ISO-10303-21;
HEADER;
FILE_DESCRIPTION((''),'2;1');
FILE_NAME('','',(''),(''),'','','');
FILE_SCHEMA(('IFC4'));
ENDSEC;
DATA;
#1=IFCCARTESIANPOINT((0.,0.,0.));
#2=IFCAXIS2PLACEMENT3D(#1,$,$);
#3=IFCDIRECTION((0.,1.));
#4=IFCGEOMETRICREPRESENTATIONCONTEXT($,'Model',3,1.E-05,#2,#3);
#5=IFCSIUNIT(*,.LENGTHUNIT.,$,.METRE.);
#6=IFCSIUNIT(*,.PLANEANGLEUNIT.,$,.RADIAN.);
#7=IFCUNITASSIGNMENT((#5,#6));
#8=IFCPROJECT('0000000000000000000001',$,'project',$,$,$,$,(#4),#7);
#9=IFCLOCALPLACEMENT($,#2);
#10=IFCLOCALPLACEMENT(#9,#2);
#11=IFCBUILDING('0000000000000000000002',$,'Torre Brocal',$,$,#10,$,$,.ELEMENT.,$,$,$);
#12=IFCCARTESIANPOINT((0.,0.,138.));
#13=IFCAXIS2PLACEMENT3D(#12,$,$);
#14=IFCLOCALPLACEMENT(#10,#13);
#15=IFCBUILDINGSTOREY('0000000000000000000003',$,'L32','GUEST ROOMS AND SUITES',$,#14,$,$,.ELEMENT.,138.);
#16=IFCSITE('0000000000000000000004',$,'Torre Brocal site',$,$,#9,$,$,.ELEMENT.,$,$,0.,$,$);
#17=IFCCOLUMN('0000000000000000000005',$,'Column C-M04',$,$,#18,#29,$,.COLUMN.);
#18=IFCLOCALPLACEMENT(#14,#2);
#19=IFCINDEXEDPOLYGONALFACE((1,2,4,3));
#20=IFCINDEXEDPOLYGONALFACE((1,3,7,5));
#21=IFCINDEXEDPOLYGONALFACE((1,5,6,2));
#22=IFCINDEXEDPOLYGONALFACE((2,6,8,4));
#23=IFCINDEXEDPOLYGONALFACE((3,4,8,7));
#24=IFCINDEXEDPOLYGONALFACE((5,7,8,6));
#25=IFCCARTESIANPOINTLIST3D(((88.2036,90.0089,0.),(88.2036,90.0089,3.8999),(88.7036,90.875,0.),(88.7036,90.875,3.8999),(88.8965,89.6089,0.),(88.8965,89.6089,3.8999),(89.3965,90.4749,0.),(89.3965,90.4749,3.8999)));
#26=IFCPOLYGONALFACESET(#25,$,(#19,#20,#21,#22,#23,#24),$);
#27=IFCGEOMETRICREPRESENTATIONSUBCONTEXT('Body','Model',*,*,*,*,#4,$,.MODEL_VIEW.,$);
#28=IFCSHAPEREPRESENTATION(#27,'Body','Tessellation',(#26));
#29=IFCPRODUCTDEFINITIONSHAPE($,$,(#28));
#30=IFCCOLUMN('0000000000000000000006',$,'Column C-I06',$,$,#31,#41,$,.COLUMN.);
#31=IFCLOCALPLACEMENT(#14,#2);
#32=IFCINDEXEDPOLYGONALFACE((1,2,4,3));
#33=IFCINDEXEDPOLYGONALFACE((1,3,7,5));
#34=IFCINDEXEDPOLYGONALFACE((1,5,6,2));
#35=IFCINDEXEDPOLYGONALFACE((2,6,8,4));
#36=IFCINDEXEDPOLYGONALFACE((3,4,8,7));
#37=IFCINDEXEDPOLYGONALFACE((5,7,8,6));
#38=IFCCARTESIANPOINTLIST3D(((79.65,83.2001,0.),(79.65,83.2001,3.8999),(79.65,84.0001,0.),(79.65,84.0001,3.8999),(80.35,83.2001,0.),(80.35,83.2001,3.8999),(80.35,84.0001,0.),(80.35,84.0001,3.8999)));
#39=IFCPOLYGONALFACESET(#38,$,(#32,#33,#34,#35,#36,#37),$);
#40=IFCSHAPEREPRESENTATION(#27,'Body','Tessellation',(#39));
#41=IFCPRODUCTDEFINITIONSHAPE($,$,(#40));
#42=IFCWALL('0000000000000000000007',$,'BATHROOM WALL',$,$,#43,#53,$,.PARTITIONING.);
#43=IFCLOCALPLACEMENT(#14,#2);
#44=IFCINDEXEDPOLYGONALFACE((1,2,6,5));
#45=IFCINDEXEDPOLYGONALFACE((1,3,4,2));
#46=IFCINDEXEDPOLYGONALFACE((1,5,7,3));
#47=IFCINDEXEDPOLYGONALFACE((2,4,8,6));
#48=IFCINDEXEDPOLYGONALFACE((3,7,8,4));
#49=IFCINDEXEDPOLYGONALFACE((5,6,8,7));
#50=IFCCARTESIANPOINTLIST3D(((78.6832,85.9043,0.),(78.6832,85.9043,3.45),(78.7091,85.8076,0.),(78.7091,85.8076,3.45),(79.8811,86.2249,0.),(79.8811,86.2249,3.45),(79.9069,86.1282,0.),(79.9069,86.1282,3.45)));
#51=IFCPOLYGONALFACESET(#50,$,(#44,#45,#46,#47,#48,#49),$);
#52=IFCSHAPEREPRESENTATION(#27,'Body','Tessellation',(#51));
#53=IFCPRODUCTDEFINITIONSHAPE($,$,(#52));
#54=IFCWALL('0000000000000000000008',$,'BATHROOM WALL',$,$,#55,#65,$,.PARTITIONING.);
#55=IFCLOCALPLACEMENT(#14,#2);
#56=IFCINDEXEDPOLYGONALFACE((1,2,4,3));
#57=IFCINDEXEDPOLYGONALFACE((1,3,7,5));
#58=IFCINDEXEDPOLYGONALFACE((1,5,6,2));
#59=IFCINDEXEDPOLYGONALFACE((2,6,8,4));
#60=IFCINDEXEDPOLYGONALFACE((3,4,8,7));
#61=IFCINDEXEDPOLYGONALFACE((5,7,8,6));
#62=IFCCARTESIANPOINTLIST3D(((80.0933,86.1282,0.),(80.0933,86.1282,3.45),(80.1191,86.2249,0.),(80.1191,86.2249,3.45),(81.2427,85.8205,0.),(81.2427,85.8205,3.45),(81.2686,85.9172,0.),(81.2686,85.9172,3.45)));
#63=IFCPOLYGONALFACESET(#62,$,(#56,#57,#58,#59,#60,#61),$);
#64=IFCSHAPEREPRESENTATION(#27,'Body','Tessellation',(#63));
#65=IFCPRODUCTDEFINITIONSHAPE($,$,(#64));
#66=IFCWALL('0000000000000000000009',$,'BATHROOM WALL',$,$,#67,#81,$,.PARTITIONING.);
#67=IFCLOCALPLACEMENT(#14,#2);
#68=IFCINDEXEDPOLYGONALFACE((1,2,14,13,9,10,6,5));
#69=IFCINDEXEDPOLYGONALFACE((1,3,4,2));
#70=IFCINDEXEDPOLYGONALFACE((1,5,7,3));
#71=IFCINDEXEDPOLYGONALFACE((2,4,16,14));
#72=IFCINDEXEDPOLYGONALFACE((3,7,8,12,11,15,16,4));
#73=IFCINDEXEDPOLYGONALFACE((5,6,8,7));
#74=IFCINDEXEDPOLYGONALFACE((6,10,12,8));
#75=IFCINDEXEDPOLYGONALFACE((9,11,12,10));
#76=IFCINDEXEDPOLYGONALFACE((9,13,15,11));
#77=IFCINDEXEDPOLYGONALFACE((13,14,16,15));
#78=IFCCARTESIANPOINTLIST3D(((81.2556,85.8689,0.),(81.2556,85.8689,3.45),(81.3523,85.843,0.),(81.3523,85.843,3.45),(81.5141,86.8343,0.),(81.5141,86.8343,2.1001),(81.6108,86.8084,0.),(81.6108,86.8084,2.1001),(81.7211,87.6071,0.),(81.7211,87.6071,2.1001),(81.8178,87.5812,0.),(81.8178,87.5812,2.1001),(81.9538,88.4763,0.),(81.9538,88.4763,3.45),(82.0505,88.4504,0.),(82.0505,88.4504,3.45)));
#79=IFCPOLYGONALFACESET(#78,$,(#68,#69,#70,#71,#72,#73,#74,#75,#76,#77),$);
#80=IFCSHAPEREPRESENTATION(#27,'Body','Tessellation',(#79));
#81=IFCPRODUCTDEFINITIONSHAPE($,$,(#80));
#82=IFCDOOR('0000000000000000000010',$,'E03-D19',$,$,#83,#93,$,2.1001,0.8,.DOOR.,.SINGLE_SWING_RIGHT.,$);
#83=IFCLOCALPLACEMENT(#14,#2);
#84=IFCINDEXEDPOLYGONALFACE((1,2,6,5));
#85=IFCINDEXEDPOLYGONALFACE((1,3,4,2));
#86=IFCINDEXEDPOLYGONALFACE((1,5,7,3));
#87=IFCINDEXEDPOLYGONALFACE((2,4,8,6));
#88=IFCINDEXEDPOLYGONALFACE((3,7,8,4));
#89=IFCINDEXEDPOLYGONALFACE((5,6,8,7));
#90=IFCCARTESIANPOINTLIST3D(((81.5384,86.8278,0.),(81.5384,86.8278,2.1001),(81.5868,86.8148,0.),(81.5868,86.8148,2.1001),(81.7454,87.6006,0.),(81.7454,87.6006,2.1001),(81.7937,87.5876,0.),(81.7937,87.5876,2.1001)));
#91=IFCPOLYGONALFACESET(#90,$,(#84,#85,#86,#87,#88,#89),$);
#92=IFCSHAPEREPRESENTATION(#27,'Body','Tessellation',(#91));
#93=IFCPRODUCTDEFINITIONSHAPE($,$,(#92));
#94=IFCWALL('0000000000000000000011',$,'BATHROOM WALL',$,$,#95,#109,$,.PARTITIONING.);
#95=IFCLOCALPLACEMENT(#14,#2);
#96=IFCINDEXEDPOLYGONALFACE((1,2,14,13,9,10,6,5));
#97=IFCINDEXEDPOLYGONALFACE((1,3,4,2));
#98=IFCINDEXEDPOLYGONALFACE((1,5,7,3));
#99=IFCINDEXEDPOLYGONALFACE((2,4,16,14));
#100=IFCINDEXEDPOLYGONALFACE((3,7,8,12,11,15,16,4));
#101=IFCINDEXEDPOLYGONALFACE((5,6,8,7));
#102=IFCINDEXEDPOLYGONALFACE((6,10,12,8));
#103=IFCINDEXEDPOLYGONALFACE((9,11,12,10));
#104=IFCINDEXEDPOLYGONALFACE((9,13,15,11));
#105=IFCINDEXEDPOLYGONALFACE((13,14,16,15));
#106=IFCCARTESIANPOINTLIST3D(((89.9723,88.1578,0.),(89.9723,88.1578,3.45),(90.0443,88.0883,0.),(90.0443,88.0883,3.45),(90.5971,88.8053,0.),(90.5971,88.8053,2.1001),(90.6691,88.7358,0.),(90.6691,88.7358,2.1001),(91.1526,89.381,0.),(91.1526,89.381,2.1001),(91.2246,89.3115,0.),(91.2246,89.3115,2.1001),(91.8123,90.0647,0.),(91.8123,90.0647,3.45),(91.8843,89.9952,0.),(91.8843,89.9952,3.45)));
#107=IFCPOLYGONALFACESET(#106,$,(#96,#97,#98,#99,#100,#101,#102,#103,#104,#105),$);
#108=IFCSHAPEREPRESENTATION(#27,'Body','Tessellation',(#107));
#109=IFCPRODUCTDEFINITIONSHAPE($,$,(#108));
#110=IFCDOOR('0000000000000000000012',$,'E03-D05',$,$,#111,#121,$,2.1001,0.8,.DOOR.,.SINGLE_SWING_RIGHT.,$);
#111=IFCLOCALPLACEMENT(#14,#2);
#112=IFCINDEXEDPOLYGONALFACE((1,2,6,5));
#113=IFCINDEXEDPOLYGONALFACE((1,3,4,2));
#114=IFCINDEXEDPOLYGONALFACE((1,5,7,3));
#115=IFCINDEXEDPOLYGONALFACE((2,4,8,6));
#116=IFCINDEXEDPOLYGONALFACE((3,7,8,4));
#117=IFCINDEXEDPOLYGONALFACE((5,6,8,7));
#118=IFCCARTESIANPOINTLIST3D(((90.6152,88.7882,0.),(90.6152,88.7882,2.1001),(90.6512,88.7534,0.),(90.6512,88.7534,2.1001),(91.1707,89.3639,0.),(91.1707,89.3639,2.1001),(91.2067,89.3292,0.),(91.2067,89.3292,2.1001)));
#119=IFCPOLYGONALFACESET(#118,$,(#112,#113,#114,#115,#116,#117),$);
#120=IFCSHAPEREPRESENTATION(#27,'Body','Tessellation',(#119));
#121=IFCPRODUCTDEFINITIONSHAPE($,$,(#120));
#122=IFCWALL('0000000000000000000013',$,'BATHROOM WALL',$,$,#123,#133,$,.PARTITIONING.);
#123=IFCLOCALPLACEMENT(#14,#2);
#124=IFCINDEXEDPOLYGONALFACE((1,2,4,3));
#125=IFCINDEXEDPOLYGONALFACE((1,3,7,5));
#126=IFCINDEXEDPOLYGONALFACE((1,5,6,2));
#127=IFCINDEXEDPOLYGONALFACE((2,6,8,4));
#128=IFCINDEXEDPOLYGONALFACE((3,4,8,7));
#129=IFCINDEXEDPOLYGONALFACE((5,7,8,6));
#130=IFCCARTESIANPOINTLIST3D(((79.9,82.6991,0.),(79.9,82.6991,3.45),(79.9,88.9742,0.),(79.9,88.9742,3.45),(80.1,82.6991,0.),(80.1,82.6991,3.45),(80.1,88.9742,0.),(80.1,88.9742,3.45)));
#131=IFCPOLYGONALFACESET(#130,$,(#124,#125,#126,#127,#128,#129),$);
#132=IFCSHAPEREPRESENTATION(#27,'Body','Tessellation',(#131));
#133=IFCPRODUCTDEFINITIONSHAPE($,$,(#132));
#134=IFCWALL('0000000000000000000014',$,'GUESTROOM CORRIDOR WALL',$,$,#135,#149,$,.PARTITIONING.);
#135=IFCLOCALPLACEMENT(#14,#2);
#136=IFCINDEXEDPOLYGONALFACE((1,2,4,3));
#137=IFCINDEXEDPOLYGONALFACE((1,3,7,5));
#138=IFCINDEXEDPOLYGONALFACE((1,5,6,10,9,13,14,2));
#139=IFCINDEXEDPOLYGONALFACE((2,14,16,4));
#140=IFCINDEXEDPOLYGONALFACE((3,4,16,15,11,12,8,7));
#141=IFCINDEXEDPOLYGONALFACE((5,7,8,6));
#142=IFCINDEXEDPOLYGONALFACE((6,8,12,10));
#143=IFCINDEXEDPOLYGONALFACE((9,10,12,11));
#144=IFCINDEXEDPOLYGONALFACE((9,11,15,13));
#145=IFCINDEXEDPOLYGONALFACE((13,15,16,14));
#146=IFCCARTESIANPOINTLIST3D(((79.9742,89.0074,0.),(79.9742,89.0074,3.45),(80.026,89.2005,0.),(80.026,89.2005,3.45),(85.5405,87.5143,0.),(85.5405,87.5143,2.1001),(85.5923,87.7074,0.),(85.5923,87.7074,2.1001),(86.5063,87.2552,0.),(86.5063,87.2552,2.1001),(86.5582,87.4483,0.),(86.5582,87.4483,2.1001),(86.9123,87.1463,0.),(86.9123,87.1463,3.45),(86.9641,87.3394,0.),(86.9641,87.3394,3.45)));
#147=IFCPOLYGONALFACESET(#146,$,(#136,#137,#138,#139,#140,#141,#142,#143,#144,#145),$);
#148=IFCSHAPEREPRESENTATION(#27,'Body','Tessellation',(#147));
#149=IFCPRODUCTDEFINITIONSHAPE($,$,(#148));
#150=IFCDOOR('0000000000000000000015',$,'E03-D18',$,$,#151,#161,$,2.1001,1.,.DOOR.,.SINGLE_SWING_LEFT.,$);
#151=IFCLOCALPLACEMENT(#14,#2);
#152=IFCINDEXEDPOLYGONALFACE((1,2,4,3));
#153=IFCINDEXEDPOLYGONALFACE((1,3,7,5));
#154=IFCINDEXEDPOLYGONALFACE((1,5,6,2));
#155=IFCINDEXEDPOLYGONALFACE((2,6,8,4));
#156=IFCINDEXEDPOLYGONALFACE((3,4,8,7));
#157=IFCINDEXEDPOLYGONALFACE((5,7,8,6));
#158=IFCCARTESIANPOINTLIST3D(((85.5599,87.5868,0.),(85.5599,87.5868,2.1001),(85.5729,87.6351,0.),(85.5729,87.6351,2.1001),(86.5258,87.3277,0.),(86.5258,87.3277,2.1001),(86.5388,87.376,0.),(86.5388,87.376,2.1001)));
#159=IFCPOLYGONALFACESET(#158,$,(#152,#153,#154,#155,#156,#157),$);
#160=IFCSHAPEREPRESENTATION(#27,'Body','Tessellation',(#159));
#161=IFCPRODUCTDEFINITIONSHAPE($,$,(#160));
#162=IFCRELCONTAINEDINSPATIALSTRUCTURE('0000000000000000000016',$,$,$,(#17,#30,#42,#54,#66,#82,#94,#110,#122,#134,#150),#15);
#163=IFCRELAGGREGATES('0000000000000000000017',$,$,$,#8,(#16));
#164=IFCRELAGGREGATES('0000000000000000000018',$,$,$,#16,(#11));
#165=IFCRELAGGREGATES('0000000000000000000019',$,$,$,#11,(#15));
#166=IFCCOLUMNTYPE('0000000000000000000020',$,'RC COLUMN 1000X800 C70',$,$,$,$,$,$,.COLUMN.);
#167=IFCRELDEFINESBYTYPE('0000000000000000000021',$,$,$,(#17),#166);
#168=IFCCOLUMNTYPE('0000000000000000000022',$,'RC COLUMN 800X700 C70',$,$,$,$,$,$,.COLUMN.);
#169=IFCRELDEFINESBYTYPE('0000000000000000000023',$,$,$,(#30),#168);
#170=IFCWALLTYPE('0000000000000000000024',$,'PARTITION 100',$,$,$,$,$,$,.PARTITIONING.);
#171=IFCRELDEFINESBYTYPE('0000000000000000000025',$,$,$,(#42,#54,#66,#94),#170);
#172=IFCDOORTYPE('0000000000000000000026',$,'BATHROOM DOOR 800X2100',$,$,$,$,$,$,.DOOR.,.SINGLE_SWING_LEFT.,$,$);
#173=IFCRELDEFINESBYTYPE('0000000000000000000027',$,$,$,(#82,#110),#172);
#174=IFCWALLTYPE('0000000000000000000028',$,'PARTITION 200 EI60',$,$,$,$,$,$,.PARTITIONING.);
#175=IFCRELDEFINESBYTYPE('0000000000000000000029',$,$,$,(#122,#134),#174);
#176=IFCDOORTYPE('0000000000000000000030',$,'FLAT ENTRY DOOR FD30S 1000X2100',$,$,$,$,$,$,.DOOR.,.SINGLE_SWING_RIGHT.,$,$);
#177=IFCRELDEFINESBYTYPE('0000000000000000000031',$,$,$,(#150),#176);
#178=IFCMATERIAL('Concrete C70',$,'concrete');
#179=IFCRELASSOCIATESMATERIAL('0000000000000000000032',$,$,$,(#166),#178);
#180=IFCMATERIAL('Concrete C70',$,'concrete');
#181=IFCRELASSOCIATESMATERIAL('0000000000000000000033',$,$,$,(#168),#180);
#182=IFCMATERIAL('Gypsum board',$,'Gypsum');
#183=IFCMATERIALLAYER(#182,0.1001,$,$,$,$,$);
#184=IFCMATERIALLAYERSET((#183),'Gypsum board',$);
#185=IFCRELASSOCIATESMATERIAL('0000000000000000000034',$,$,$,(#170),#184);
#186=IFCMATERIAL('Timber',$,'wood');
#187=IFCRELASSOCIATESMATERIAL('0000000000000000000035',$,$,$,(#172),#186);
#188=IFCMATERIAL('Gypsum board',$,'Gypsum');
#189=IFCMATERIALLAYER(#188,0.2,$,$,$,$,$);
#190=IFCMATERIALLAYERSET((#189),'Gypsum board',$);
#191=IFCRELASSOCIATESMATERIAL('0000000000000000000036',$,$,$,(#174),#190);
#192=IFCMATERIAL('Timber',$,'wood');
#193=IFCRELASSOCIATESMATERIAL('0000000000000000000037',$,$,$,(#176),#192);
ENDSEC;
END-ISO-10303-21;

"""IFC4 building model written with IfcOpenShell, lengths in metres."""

from ifc_helpers import new_model, si_unit, direction, frame, frame_2d, origin, origin_2d, place, context, subcontext, project, spatial, rectangle, extrude, material, layer, layer_set, material_profile, profile_set, type_object, element, fill, save


model = new_model("IFC4")

# Units and contexts
model_context = context("Model", 3, precision=1e-05, world=origin(), true_north=direction((0.0, 1.0)))
body_context = subcontext(model_context, "Body", "Model", "MODEL_VIEW")
ifc_project = project(units=[si_unit("LENGTHUNIT", "METRE"), si_unit("PLANEANGLEUNIT", "RADIAN")], contexts=[model_context])

# Site, building, storey
site_placement = place(None, origin())
site = spatial("IfcSite", under=ifc_project, at=site_placement, Name="Torre Brocal site", CompositionType="ELEMENT", RefElevation=0.0)
building_placement = place(site_placement, origin())
building = spatial("IfcBuilding", under=site, at=building_placement, Name="Torre Brocal", CompositionType="ELEMENT")
storey_placement = place(building_placement, frame((0.0, 0.0, 138.0)))
storey = spatial("IfcBuildingStorey", under=building, at=storey_placement, Name="L32", Description="GUEST ROOMS AND SUITES", CompositionType="ELEMENT", Elevation=138.0)

# Columns
ifc_material_1 = material(Name="Concrete C70", Category="concrete")
ifc_material_profile_1 = material_profile(ifc_material_1, rectangle(XDim=1.0, YDim=0.8, at=origin_2d()), Name="RC 1000X800")
ifc_profile_set_1 = profile_set([ifc_material_profile_1], Name="Concrete C70")
column_type_1 = type_object("IfcColumnType", Name="RC COLUMN 1000X800 C70", PredefinedType="COLUMN", material=ifc_profile_set_1)
column_1_placement = place(storey_placement, frame((88.8, 90.2419, 0.0), z_axis=(0.0, 0.0, 1.0), x_axis=(0.5, 0.866025, 0.0)))
element("IfcColumn", 1, at=column_1_placement, inside=storey, type_object=column_type_1, Name="Column C-M04", PredefinedType="COLUMN", context=body_context, shape_type="SweptSolid", body=[
    extrude(rectangle(XDim=1.0, YDim=0.8, at=origin_2d()), origin(), (0.0, 0.0, 1.0), 3.8999),
])
ifc_material_2 = material(Name="Concrete C70", Category="concrete")
ifc_material_profile_2 = material_profile(ifc_material_2, rectangle(XDim=0.8, YDim=0.7, at=origin_2d()), Name="RC 800X700")
ifc_profile_set_2 = profile_set([ifc_material_profile_2], Name="Concrete C70")
column_type_2 = type_object("IfcColumnType", Name="RC COLUMN 800X700 C70", PredefinedType="COLUMN", material=ifc_profile_set_2)
column_2_placement = place(storey_placement, frame((80.0, 83.6001, 0.0), z_axis=(0.0, 0.0, 1.0), x_axis=(0.0, 1.0, 0.0)))
element("IfcColumn", 2, at=column_2_placement, inside=storey, type_object=column_type_2, Name="Column C-I06", PredefinedType="COLUMN", context=body_context, shape_type="SweptSolid", body=[
    extrude(rectangle(XDim=0.8, YDim=0.7, at=origin_2d()), origin(), (0.0, 0.0, 1.0), 3.8999),
])

# Walls
ifc_material_3 = material(Name="Gypsum board", Category="Gypsum")
ifc_layer_1 = layer(ifc_material_3, 0.1001)
ifc_layer_set_1 = layer_set([ifc_layer_1], Name="Gypsum board")
wall_type_1 = type_object("IfcWallType", Name="PARTITION 100", PredefinedType="PARTITIONING", material=ifc_layer_set_1)
wall_1_placement = place(storey_placement, frame((78.696, 85.856, 0.0), z_axis=(0.0, 0.0, 1.0), x_axis=(0.966003, 0.258533, 0.0)))
element("IfcWall", 3, at=wall_1_placement, inside=storey, type_object=wall_type_1, Name="BATHROOM WALL", PredefinedType="PARTITIONING", context=body_context, shape_type="SweptSolid", body=[
    extrude(rectangle(XDim=1.24, YDim=0.1001, at=frame_2d((0.6201, 0.0))), origin(), (0.0, 0.0, 1.0), 3.45),
])
wall_2_placement = place(storey_placement, frame((80.1062, 86.1765, 0.0), z_axis=(0.0, 0.0, 1.0), x_axis=(0.966003, -0.258531, 0.0)))
element("IfcWall", 4, at=wall_2_placement, inside=storey, type_object=wall_type_1, Name="BATHROOM WALL", PredefinedType="PARTITIONING", context=body_context, shape_type="SweptSolid", body=[
    extrude(rectangle(XDim=1.1899, YDim=0.1001, at=frame_2d((0.595, 0.0))), origin(), (0.0, 0.0, 1.0), 3.45),
])

# Walls, openings, doors
wall_3_placement = place(storey_placement, frame((81.304, 85.856, 0.0), z_axis=(0.0, 0.0, 1.0), x_axis=(0.258676, 0.965964, 0.0)))
wall_3 = element("IfcWall", 5, at=wall_3_placement, inside=storey, type_object=wall_type_1, Name="BATHROOM WALL", PredefinedType="PARTITIONING", context=body_context, shape_type="SweptSolid", body=[
    extrude(rectangle(XDim=2.6992, YDim=0.1001, at=frame_2d((1.3496, 0.0))), origin(), (0.0, 0.0, 1.0), 3.45),
])
opening_1_placement = place(wall_3_placement, frame((0.9995, 0.0, 0.0)))
opening_1 = element("IfcOpeningElement", 6, at=opening_1_placement, cuts=wall_3, PredefinedType="OPENING", context=body_context, shape_type="SweptSolid", body=[
    extrude(rectangle(XDim=0.8, YDim=2.1001, at=frame_2d((0.3999, 1.05))), frame((0.0, 0.0601, 0.0), z_axis=(0.0, -1.0, 0.0), x_axis=(1.0, 0.0, 0.0)), (0.0, 0.0, 1.0), 0.1201),
])
ifc_material_4 = material(Name="Timber", Category="wood")
door_type_1 = type_object("IfcDoorType", Name="BATHROOM DOOR 800X2100", OperationType="SINGLE_SWING_LEFT", PredefinedType="DOOR", material=ifc_material_4)
door_1_placement = place(opening_1_placement, origin())
door_1 = element("IfcDoor", 7, at=door_1_placement, inside=storey, type_object=door_type_1, Name="E03-D19", OperationType="SINGLE_SWING_RIGHT", OverallHeight=2.1001, OverallWidth=0.8, PredefinedType="DOOR", context=body_context, shape_type="SweptSolid", body=[
    extrude(rectangle(XDim=0.8, YDim=2.1001, at=frame_2d((0.3999, 1.05))), frame((0.0, 0.0249, 0.0), z_axis=(0.0, -1.0, 0.0), x_axis=(1.0, 0.0, 0.0)), (0.0, 0.0, 1.0), 0.05),
])
fill(opening_1, door_1)
wall_4_placement = place(storey_placement, frame((90.0083, 88.123, 0.0), z_axis=(0.0, 0.0, 1.0), x_axis=(0.694373, 0.719616, 0.0)))
wall_4 = element("IfcWall", 8, at=wall_4_placement, inside=storey, type_object=wall_type_1, Name="BATHROOM WALL", PredefinedType="PARTITIONING", context=body_context, shape_type="SweptSolid", body=[
    extrude(rectangle(XDim=2.6499, YDim=0.1001, at=frame_2d((1.325, 0.0))), origin(), (0.0, 0.0, 1.0), 3.45),
])
opening_2_placement = place(wall_4_placement, frame((0.8999, 0.0, 0.0)))
opening_2 = element("IfcOpeningElement", 9, at=opening_2_placement, cuts=wall_4, PredefinedType="OPENING", context=body_context, shape_type="SweptSolid", body=[
    extrude(rectangle(XDim=0.8, YDim=2.1001, at=frame_2d((0.3999, 1.05))), frame((0.0, 0.0601, 0.0), z_axis=(0.0, -1.0, 0.0), x_axis=(1.0, 0.0, 0.0)), (0.0, 0.0, 1.0), 0.1201),
])
door_2_placement = place(opening_2_placement, frame((0.8, 0.0, 0.0), z_axis=(0.0, 0.0, 1.0), x_axis=(-1.0, 0.0, 0.0)))
door_2 = element("IfcDoor", 10, at=door_2_placement, inside=storey, type_object=door_type_1, Name="E03-D05", OperationType="SINGLE_SWING_RIGHT", OverallHeight=2.1001, OverallWidth=0.8, PredefinedType="DOOR", context=body_context, shape_type="SweptSolid", body=[
    extrude(rectangle(XDim=0.8, YDim=2.1001, at=frame_2d((0.3999, 1.05))), frame((0.0, 0.0249, 0.0), z_axis=(0.0, -1.0, 0.0), x_axis=(1.0, 0.0, 0.0)), (0.0, 0.0, 1.0), 0.05),
])
fill(opening_2, door_2)

# Wall
ifc_material_5 = material(Name="Gypsum board", Category="Gypsum")
ifc_layer_2 = layer(ifc_material_5, 0.2)
ifc_layer_set_2 = layer_set([ifc_layer_2], Name="Gypsum board")
wall_type_2 = type_object("IfcWallType", Name="PARTITION 200 EI60", PredefinedType="PARTITIONING", material=ifc_layer_set_2)
wall_5_placement = place(storey_placement, frame((80.0, 82.699, 0.0), z_axis=(0.0, 0.0, 1.0), x_axis=(0.0, 1.0, 0.0)))
element("IfcWall", 11, at=wall_5_placement, inside=storey, type_object=wall_type_2, Name="BATHROOM WALL", PredefinedType="PARTITIONING", context=body_context, shape_type="SweptSolid", body=[
    extrude(rectangle(XDim=6.2751, YDim=0.2, at=frame_2d((3.1377, 0.0))), origin(), (0.0, 0.0, 1.0), 3.45),
])

# Wall, opening, door
wall_6_placement = place(storey_placement, frame((80.0, 89.104, 0.0), z_axis=(0.0, 0.0, 1.0), x_axis=(0.965854, -0.259086, 0.0)))
wall_6 = element("IfcWall", 12, at=wall_6_placement, inside=storey, type_object=wall_type_2, Name="GUESTROOM CORRIDOR WALL", PredefinedType="PARTITIONING", context=body_context, shape_type="SweptSolid", body=[
    extrude(rectangle(XDim=7.1833, YDim=0.2, at=frame_2d((3.5918, 0.0))), origin(), (0.0, 0.0, 1.0), 3.45),
])
opening_3_placement = place(wall_6_placement, frame((5.7632, 0.0, 0.0)))
opening_3 = element("IfcOpeningElement", 13, at=opening_3_placement, cuts=wall_6, PredefinedType="OPENING", context=body_context, shape_type="SweptSolid", body=[
    extrude(rectangle(XDim=1.0, YDim=2.1001, at=frame_2d((0.5, 1.05))), frame((0.0, 0.1099, 0.0), z_axis=(0.0, -1.0, 0.0), x_axis=(1.0, 0.0, 0.0)), (0.0, 0.0, 1.0), 0.22),
])
ifc_material_6 = material(Name="Timber", Category="wood")
door_type_2 = type_object("IfcDoorType", Name="FLAT ENTRY DOOR FD30S 1000X2100", OperationType="SINGLE_SWING_RIGHT", PredefinedType="DOOR", material=ifc_material_6)
door_3_placement = place(opening_3_placement, frame((1.0, 0.0, 0.0), z_axis=(0.0, 0.0, 1.0), x_axis=(-1.0, 0.0, 0.0)))
door_3 = element("IfcDoor", 14, at=door_3_placement, inside=storey, type_object=door_type_2, Name="E03-D18", OperationType="SINGLE_SWING_LEFT", OverallHeight=2.1001, OverallWidth=1.0, PredefinedType="DOOR", context=body_context, shape_type="SweptSolid", body=[
    extrude(rectangle(XDim=1.0, YDim=2.1001, at=frame_2d((0.5, 1.05))), frame((0.0, 0.0249, 0.0), z_axis=(0.0, -1.0, 0.0), x_axis=(1.0, 0.0, 0.0)), (0.0, 0.0, 1.0), 0.05),
])
fill(opening_3, door_3)

save(model, "model.ifc")
